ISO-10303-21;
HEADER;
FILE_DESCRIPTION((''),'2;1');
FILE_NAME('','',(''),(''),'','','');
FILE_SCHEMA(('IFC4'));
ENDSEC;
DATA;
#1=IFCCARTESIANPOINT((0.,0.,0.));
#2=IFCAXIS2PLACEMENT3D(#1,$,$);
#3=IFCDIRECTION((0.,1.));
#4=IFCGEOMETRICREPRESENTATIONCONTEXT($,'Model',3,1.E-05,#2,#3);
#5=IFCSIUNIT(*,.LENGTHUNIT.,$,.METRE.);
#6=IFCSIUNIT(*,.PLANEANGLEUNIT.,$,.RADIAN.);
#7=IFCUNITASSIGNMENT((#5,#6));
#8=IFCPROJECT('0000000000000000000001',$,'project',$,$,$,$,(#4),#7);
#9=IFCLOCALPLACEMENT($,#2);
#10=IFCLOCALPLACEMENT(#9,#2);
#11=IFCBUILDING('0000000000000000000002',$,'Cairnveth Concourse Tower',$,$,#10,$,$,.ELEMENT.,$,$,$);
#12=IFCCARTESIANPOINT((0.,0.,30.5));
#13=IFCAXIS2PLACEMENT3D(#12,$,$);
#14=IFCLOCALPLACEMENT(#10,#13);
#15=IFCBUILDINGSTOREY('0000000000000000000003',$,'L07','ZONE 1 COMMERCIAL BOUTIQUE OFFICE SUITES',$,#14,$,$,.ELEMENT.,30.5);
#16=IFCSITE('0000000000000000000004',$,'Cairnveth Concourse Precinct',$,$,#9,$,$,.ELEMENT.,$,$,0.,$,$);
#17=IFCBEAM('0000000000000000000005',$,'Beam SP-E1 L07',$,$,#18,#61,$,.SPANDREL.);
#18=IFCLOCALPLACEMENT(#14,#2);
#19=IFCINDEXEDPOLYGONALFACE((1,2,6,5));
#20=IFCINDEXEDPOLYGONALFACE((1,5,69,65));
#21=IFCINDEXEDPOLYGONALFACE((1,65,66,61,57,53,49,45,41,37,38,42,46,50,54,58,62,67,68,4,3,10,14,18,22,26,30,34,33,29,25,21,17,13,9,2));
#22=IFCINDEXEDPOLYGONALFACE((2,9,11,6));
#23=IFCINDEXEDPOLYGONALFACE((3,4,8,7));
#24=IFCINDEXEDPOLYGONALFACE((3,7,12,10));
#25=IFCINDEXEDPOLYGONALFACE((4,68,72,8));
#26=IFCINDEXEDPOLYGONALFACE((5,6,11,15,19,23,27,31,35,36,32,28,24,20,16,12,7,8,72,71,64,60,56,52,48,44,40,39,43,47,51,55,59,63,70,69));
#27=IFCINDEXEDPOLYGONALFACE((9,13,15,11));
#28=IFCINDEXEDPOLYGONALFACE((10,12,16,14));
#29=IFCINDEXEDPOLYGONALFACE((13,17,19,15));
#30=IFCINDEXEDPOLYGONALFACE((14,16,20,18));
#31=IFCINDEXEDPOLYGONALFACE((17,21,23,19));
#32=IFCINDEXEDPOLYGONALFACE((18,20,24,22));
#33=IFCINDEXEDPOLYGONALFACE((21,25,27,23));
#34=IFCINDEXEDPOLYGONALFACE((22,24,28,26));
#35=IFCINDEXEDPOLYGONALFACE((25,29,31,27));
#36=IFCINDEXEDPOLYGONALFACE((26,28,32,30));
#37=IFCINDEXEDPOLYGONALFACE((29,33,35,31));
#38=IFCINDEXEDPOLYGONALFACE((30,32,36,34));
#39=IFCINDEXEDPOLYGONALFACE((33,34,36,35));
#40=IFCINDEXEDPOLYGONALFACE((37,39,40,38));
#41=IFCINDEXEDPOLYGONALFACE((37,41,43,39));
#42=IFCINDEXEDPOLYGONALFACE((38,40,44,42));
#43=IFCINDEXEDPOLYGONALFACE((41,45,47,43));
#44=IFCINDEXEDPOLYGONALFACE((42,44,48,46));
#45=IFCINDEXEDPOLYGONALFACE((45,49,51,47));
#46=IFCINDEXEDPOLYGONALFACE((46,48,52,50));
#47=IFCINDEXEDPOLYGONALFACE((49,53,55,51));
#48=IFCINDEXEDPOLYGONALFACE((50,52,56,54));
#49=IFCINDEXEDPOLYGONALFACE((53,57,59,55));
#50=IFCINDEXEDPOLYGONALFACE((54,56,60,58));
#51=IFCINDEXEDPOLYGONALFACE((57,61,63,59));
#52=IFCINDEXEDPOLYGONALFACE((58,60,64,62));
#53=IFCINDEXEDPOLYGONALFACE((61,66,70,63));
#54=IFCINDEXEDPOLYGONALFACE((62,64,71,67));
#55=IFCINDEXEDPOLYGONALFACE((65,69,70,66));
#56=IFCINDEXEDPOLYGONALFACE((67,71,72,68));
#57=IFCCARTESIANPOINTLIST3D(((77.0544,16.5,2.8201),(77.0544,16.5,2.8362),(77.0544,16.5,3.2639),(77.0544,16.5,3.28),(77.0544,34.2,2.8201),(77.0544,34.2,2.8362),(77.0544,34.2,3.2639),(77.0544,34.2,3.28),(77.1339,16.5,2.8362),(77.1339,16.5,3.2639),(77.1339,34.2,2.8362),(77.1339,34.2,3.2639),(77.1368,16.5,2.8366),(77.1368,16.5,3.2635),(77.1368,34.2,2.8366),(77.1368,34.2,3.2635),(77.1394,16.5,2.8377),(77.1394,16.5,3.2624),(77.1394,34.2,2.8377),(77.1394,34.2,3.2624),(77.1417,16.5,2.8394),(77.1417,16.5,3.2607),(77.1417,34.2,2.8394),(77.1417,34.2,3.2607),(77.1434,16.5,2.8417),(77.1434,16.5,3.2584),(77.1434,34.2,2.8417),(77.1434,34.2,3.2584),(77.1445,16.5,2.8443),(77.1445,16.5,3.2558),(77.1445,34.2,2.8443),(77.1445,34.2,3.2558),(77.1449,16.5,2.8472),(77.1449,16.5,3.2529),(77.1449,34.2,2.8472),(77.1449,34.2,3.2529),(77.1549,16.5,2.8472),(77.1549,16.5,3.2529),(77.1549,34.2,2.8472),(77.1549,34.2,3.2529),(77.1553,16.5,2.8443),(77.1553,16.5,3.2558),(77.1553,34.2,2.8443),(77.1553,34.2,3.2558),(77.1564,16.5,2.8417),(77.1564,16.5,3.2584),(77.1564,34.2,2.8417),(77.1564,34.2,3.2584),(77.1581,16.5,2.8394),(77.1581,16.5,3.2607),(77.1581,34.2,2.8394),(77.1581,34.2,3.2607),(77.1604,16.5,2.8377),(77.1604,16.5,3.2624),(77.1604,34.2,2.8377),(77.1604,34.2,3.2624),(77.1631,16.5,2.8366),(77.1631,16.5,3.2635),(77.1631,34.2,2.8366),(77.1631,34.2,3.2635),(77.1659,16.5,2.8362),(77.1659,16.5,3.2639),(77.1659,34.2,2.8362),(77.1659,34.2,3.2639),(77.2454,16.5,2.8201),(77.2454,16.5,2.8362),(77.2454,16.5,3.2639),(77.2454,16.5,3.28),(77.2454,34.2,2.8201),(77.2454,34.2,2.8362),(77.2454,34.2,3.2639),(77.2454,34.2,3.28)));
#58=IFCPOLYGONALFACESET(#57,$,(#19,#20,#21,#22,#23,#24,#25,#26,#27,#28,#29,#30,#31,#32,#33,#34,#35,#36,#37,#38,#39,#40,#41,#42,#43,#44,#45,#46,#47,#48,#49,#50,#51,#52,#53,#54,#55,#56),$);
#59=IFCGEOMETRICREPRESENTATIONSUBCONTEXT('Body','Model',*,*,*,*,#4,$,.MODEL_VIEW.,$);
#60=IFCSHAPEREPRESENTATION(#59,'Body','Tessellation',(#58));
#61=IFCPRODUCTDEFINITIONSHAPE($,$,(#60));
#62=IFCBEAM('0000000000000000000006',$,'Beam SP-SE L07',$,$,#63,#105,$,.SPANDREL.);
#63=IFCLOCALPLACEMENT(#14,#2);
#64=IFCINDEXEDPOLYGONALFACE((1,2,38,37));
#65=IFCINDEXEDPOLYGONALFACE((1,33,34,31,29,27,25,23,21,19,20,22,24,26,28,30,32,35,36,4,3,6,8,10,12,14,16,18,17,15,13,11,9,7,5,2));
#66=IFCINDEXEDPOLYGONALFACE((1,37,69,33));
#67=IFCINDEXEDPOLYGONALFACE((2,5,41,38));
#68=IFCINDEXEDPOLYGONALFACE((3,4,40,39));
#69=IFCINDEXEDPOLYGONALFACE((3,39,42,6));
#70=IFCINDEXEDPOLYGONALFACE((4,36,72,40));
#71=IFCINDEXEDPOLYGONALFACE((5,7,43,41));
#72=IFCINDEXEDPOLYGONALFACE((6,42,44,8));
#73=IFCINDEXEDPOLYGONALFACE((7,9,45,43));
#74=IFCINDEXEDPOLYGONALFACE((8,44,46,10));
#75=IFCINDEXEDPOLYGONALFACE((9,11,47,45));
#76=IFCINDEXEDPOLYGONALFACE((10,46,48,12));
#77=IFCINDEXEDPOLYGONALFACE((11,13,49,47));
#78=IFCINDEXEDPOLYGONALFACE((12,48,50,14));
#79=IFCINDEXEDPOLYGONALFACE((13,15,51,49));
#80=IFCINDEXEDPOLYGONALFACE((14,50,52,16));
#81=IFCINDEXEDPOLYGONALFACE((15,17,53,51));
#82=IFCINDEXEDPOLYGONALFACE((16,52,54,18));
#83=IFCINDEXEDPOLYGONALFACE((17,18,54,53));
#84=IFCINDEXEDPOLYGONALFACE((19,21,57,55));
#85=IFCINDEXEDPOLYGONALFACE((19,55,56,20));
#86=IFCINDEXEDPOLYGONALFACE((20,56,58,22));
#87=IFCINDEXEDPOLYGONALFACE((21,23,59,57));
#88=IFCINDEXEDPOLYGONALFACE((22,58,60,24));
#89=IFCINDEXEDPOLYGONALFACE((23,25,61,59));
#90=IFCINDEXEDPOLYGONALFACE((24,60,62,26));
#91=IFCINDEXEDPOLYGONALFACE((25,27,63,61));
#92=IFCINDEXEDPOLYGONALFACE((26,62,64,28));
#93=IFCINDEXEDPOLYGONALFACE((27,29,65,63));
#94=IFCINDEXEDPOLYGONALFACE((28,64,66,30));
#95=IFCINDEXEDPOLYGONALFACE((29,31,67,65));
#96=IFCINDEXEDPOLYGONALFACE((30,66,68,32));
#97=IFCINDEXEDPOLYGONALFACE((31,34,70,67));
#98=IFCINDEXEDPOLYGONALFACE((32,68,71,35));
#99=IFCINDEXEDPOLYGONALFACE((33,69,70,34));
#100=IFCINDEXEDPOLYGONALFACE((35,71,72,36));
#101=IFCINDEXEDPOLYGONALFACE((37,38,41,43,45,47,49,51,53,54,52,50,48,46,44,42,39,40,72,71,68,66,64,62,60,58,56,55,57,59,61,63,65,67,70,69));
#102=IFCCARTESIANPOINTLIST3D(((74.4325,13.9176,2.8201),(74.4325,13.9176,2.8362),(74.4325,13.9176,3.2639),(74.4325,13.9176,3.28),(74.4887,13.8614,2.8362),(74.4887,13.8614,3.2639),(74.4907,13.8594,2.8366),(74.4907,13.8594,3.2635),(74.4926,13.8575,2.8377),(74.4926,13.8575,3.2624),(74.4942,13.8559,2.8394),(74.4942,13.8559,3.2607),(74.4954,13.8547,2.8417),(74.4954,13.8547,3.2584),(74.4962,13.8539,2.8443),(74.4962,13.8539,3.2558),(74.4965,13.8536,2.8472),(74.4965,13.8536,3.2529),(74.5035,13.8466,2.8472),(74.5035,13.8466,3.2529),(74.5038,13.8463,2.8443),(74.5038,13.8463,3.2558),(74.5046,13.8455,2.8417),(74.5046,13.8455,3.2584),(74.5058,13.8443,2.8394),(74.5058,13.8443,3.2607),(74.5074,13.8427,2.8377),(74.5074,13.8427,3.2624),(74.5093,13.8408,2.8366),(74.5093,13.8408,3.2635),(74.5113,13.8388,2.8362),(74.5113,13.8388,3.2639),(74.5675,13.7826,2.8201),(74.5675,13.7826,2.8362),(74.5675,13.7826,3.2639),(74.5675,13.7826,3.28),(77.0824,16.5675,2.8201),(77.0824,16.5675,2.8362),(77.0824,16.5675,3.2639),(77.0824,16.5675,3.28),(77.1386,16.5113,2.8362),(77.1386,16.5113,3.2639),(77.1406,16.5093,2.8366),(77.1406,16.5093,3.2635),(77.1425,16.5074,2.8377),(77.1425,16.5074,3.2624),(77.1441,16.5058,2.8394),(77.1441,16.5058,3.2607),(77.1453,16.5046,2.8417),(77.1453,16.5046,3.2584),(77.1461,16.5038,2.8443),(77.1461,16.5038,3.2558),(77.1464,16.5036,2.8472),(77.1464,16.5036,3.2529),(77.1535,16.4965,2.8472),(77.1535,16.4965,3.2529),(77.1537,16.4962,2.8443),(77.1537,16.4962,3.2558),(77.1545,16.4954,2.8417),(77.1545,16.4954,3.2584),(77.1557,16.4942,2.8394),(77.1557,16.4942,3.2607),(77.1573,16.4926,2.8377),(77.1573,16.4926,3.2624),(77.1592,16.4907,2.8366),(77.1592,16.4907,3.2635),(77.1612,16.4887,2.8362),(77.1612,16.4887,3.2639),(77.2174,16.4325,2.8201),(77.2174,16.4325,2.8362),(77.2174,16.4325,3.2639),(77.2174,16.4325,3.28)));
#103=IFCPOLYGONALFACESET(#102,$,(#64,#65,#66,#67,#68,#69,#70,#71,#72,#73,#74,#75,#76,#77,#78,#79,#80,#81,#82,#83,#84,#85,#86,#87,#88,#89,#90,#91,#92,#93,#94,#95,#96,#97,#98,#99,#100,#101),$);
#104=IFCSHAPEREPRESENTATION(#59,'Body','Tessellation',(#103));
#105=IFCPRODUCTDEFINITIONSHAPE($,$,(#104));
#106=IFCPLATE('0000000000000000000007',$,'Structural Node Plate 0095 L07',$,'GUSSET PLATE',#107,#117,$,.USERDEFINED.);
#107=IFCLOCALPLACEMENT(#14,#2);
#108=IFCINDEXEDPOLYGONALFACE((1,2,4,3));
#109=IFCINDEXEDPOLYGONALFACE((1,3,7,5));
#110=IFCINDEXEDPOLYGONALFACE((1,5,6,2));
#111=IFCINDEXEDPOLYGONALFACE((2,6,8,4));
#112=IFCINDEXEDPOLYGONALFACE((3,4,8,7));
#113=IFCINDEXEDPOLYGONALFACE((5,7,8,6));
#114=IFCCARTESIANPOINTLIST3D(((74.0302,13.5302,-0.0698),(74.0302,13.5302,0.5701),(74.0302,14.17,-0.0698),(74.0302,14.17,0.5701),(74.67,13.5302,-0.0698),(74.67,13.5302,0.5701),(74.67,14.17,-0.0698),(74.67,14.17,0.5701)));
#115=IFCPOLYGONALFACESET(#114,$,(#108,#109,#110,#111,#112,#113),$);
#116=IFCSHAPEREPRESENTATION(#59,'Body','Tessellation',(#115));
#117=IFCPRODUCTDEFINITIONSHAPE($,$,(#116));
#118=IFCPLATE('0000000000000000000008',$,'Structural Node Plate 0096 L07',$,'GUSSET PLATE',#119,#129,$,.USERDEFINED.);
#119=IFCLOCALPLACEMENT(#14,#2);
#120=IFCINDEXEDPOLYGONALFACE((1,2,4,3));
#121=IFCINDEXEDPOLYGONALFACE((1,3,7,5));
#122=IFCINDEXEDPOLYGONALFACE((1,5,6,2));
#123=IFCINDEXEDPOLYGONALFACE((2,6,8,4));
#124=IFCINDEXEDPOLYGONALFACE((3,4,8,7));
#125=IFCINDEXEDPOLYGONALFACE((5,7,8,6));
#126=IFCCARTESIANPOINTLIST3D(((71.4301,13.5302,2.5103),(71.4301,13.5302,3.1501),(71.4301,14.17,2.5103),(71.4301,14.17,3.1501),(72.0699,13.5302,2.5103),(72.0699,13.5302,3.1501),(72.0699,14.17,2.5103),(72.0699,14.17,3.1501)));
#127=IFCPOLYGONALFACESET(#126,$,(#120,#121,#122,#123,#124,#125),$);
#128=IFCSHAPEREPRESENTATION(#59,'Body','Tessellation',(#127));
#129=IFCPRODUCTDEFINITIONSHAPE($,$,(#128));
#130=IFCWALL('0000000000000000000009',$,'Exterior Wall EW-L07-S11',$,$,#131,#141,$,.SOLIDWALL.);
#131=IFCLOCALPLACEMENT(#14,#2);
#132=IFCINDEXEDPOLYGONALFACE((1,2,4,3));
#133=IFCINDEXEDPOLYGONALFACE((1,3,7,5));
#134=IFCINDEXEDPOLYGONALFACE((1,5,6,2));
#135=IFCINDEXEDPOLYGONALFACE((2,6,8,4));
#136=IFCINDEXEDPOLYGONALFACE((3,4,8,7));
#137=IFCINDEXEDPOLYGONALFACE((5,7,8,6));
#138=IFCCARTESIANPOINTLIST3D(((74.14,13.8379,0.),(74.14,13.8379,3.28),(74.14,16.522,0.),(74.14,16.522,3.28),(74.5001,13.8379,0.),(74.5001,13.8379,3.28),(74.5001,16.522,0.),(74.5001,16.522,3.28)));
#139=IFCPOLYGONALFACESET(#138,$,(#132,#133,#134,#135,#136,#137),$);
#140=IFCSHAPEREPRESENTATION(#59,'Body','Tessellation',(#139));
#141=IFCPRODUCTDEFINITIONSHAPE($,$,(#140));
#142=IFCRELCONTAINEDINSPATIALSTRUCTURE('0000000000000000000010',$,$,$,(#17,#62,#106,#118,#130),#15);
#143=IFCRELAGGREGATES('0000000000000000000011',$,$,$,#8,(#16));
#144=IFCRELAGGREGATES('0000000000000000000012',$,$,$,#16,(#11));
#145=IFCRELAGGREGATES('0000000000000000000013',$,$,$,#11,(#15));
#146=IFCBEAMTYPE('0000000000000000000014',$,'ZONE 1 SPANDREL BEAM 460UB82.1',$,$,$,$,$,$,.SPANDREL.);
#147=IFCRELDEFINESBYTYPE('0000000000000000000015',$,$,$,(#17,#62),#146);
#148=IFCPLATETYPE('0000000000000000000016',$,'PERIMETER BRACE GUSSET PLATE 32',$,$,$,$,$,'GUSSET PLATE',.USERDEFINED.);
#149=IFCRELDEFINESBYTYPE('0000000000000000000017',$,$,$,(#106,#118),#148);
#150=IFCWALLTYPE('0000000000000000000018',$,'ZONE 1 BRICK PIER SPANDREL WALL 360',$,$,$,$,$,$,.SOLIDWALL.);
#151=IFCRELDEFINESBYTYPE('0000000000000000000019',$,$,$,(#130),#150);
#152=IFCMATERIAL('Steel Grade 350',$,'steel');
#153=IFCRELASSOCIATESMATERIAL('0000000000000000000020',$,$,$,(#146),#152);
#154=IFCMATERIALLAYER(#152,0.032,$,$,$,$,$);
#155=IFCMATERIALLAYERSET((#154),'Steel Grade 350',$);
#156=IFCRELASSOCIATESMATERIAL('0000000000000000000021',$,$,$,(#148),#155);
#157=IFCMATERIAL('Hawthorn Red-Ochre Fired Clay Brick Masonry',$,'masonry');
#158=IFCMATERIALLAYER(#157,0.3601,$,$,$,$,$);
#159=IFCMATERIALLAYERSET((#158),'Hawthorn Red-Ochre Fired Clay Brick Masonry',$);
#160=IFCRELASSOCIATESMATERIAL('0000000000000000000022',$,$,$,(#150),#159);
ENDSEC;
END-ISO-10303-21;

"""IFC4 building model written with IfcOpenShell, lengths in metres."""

from ifc_helpers import new_model, si_unit, direction, frame, frame_2d, origin, origin_2d, place, context, subcontext, project, spatial, rectangle, i_section, extrude, material, layer, layer_set, material_profile, profile_set, type_object, element, save


model = new_model("IFC4")

# Units and contexts
model_context = context("Model", 3, precision=1e-05, world=origin(), true_north=direction((0.0, 1.0)))
body_context = subcontext(model_context, "Body", "Model", "MODEL_VIEW")
ifc_project = project(units=[si_unit("LENGTHUNIT", "METRE"), si_unit("PLANEANGLEUNIT", "RADIAN")], contexts=[model_context])

# Site, building, storey
site_placement = place(None, origin())
site = spatial("IfcSite", under=ifc_project, at=site_placement, Name="Cairnveth Concourse Precinct", CompositionType="ELEMENT", RefElevation=0.0)
building_placement = place(site_placement, origin())
building = spatial("IfcBuilding", under=site, at=building_placement, Name="Cairnveth Concourse Tower", CompositionType="ELEMENT")
storey_placement = place(building_placement, frame((0.0, 0.0, 30.5)))
storey = spatial("IfcBuildingStorey", under=building, at=storey_placement, Name="L07", Description="ZONE 1 COMMERCIAL BOUTIQUE OFFICE SUITES", CompositionType="ELEMENT", Elevation=30.5)

# Shared definitions
ifc_material_1 = material(Name="Steel Grade 350", Category="steel")

# Beams
ifc_material_profile_1 = material_profile(ifc_material_1, i_section(OverallWidth=0.1909, OverallDepth=0.46, WebThickness=0.01, FlangeThickness=0.0161, FilletRadius=0.011, at=origin_2d()), Name="460UB82.1")
ifc_profile_set_1 = profile_set([ifc_material_profile_1], Name="Steel Grade 350")
beam_type_1 = type_object("IfcBeamType", Name="ZONE 1 SPANDREL BEAM 460UB82.1", PredefinedType="SPANDREL", material=ifc_profile_set_1)
beam_1_placement = place(storey_placement, frame((77.1499, 16.5, 3.05), z_axis=(0.0, 1.0, 0.0), x_axis=(-1.0, 0.0, 0.0)))
element("IfcBeam", 1, at=beam_1_placement, inside=storey, type_object=beam_type_1, Name="Beam SP-E1 L07", PredefinedType="SPANDREL", context=body_context, shape_type="SweptSolid", body=[
    extrude(i_section(OverallWidth=0.1909, OverallDepth=0.46, WebThickness=0.01, FlangeThickness=0.0161, FilletRadius=0.011, at=origin_2d()), origin(), (0.0, 0.0, 1.0), 17.7),
])
beam_2_placement = place(storey_placement, frame((74.5, 13.8501, 3.05), z_axis=(0.707107, 0.707107, 0.0), x_axis=(-0.707107, 0.707107, 0.0)))
element("IfcBeam", 2, at=beam_2_placement, inside=storey, type_object=beam_type_1, Name="Beam SP-SE L07", PredefinedType="SPANDREL", context=body_context, shape_type="SweptSolid", body=[
    extrude(i_section(OverallWidth=0.1909, OverallDepth=0.46, WebThickness=0.01, FlangeThickness=0.0161, FilletRadius=0.011, at=origin_2d()), origin(), (0.0, 0.0, 1.0), 3.7476),
])

# Plates
ifc_layer_1 = layer(ifc_material_1, 0.032)
ifc_layer_set_1 = layer_set([ifc_layer_1], Name="Steel Grade 350")
plate_type = type_object("IfcPlateType", Name="PERIMETER BRACE GUSSET PLATE 32", ElementType="GUSSET PLATE", PredefinedType="USERDEFINED", material=ifc_layer_set_1)
for number, where, z_axis, x_axis, name in (
    (3, (74.3501, 13.8501, -0.0698), (0.0, 0.0, 1.0), (1.0, 0.0, 0.0), "Structural Node Plate 0095 L07"),
    (4, (71.75, 13.8501, 2.5103), (0.0, 0.0, 1.0), (1.0, 0.0, 0.0), "Structural Node Plate 0096 L07"),
):
    element("IfcPlate", number, at=place(storey_placement, frame(where, z_axis=z_axis, x_axis=x_axis)), inside=storey, type_object=plate_type, Name=name, ObjectType="GUSSET PLATE", PredefinedType="USERDEFINED", context=body_context, shape_type="SweptSolid", body=[
        extrude(rectangle(XDim=0.6399, YDim=0.6399, at=origin_2d()), origin(), (0.0, 0.0, 1.0), 0.6399),
    ])

# Wall
ifc_material_2 = material(Name="Hawthorn Red-Ochre Fired Clay Brick Masonry", Category="masonry")
ifc_layer_2 = layer(ifc_material_2, 0.3601)
ifc_layer_set_2 = layer_set([ifc_layer_2], Name="Hawthorn Red-Ochre Fired Clay Brick Masonry")
wall_type = type_object("IfcWallType", Name="ZONE 1 BRICK PIER SPANDREL WALL 360", PredefinedType="SOLIDWALL", material=ifc_layer_set_2)
wall_1_placement = place(storey_placement, frame((74.3201, 16.522, 0.0), z_axis=(0.0, 0.0, 1.0), x_axis=(0.0, -1.0, 0.0)))
element("IfcWall", 5, at=wall_1_placement, inside=storey, type_object=wall_type, Name="Exterior Wall EW-L07-S11", PredefinedType="SOLIDWALL", context=body_context, shape_type="SweptSolid", body=[
    extrude(rectangle(XDim=2.6841, YDim=0.3601, at=frame_2d((1.342, 0.0))), origin(), (0.0, 0.0, 1.0), 3.28),
])

save(model, "model.ifc")
